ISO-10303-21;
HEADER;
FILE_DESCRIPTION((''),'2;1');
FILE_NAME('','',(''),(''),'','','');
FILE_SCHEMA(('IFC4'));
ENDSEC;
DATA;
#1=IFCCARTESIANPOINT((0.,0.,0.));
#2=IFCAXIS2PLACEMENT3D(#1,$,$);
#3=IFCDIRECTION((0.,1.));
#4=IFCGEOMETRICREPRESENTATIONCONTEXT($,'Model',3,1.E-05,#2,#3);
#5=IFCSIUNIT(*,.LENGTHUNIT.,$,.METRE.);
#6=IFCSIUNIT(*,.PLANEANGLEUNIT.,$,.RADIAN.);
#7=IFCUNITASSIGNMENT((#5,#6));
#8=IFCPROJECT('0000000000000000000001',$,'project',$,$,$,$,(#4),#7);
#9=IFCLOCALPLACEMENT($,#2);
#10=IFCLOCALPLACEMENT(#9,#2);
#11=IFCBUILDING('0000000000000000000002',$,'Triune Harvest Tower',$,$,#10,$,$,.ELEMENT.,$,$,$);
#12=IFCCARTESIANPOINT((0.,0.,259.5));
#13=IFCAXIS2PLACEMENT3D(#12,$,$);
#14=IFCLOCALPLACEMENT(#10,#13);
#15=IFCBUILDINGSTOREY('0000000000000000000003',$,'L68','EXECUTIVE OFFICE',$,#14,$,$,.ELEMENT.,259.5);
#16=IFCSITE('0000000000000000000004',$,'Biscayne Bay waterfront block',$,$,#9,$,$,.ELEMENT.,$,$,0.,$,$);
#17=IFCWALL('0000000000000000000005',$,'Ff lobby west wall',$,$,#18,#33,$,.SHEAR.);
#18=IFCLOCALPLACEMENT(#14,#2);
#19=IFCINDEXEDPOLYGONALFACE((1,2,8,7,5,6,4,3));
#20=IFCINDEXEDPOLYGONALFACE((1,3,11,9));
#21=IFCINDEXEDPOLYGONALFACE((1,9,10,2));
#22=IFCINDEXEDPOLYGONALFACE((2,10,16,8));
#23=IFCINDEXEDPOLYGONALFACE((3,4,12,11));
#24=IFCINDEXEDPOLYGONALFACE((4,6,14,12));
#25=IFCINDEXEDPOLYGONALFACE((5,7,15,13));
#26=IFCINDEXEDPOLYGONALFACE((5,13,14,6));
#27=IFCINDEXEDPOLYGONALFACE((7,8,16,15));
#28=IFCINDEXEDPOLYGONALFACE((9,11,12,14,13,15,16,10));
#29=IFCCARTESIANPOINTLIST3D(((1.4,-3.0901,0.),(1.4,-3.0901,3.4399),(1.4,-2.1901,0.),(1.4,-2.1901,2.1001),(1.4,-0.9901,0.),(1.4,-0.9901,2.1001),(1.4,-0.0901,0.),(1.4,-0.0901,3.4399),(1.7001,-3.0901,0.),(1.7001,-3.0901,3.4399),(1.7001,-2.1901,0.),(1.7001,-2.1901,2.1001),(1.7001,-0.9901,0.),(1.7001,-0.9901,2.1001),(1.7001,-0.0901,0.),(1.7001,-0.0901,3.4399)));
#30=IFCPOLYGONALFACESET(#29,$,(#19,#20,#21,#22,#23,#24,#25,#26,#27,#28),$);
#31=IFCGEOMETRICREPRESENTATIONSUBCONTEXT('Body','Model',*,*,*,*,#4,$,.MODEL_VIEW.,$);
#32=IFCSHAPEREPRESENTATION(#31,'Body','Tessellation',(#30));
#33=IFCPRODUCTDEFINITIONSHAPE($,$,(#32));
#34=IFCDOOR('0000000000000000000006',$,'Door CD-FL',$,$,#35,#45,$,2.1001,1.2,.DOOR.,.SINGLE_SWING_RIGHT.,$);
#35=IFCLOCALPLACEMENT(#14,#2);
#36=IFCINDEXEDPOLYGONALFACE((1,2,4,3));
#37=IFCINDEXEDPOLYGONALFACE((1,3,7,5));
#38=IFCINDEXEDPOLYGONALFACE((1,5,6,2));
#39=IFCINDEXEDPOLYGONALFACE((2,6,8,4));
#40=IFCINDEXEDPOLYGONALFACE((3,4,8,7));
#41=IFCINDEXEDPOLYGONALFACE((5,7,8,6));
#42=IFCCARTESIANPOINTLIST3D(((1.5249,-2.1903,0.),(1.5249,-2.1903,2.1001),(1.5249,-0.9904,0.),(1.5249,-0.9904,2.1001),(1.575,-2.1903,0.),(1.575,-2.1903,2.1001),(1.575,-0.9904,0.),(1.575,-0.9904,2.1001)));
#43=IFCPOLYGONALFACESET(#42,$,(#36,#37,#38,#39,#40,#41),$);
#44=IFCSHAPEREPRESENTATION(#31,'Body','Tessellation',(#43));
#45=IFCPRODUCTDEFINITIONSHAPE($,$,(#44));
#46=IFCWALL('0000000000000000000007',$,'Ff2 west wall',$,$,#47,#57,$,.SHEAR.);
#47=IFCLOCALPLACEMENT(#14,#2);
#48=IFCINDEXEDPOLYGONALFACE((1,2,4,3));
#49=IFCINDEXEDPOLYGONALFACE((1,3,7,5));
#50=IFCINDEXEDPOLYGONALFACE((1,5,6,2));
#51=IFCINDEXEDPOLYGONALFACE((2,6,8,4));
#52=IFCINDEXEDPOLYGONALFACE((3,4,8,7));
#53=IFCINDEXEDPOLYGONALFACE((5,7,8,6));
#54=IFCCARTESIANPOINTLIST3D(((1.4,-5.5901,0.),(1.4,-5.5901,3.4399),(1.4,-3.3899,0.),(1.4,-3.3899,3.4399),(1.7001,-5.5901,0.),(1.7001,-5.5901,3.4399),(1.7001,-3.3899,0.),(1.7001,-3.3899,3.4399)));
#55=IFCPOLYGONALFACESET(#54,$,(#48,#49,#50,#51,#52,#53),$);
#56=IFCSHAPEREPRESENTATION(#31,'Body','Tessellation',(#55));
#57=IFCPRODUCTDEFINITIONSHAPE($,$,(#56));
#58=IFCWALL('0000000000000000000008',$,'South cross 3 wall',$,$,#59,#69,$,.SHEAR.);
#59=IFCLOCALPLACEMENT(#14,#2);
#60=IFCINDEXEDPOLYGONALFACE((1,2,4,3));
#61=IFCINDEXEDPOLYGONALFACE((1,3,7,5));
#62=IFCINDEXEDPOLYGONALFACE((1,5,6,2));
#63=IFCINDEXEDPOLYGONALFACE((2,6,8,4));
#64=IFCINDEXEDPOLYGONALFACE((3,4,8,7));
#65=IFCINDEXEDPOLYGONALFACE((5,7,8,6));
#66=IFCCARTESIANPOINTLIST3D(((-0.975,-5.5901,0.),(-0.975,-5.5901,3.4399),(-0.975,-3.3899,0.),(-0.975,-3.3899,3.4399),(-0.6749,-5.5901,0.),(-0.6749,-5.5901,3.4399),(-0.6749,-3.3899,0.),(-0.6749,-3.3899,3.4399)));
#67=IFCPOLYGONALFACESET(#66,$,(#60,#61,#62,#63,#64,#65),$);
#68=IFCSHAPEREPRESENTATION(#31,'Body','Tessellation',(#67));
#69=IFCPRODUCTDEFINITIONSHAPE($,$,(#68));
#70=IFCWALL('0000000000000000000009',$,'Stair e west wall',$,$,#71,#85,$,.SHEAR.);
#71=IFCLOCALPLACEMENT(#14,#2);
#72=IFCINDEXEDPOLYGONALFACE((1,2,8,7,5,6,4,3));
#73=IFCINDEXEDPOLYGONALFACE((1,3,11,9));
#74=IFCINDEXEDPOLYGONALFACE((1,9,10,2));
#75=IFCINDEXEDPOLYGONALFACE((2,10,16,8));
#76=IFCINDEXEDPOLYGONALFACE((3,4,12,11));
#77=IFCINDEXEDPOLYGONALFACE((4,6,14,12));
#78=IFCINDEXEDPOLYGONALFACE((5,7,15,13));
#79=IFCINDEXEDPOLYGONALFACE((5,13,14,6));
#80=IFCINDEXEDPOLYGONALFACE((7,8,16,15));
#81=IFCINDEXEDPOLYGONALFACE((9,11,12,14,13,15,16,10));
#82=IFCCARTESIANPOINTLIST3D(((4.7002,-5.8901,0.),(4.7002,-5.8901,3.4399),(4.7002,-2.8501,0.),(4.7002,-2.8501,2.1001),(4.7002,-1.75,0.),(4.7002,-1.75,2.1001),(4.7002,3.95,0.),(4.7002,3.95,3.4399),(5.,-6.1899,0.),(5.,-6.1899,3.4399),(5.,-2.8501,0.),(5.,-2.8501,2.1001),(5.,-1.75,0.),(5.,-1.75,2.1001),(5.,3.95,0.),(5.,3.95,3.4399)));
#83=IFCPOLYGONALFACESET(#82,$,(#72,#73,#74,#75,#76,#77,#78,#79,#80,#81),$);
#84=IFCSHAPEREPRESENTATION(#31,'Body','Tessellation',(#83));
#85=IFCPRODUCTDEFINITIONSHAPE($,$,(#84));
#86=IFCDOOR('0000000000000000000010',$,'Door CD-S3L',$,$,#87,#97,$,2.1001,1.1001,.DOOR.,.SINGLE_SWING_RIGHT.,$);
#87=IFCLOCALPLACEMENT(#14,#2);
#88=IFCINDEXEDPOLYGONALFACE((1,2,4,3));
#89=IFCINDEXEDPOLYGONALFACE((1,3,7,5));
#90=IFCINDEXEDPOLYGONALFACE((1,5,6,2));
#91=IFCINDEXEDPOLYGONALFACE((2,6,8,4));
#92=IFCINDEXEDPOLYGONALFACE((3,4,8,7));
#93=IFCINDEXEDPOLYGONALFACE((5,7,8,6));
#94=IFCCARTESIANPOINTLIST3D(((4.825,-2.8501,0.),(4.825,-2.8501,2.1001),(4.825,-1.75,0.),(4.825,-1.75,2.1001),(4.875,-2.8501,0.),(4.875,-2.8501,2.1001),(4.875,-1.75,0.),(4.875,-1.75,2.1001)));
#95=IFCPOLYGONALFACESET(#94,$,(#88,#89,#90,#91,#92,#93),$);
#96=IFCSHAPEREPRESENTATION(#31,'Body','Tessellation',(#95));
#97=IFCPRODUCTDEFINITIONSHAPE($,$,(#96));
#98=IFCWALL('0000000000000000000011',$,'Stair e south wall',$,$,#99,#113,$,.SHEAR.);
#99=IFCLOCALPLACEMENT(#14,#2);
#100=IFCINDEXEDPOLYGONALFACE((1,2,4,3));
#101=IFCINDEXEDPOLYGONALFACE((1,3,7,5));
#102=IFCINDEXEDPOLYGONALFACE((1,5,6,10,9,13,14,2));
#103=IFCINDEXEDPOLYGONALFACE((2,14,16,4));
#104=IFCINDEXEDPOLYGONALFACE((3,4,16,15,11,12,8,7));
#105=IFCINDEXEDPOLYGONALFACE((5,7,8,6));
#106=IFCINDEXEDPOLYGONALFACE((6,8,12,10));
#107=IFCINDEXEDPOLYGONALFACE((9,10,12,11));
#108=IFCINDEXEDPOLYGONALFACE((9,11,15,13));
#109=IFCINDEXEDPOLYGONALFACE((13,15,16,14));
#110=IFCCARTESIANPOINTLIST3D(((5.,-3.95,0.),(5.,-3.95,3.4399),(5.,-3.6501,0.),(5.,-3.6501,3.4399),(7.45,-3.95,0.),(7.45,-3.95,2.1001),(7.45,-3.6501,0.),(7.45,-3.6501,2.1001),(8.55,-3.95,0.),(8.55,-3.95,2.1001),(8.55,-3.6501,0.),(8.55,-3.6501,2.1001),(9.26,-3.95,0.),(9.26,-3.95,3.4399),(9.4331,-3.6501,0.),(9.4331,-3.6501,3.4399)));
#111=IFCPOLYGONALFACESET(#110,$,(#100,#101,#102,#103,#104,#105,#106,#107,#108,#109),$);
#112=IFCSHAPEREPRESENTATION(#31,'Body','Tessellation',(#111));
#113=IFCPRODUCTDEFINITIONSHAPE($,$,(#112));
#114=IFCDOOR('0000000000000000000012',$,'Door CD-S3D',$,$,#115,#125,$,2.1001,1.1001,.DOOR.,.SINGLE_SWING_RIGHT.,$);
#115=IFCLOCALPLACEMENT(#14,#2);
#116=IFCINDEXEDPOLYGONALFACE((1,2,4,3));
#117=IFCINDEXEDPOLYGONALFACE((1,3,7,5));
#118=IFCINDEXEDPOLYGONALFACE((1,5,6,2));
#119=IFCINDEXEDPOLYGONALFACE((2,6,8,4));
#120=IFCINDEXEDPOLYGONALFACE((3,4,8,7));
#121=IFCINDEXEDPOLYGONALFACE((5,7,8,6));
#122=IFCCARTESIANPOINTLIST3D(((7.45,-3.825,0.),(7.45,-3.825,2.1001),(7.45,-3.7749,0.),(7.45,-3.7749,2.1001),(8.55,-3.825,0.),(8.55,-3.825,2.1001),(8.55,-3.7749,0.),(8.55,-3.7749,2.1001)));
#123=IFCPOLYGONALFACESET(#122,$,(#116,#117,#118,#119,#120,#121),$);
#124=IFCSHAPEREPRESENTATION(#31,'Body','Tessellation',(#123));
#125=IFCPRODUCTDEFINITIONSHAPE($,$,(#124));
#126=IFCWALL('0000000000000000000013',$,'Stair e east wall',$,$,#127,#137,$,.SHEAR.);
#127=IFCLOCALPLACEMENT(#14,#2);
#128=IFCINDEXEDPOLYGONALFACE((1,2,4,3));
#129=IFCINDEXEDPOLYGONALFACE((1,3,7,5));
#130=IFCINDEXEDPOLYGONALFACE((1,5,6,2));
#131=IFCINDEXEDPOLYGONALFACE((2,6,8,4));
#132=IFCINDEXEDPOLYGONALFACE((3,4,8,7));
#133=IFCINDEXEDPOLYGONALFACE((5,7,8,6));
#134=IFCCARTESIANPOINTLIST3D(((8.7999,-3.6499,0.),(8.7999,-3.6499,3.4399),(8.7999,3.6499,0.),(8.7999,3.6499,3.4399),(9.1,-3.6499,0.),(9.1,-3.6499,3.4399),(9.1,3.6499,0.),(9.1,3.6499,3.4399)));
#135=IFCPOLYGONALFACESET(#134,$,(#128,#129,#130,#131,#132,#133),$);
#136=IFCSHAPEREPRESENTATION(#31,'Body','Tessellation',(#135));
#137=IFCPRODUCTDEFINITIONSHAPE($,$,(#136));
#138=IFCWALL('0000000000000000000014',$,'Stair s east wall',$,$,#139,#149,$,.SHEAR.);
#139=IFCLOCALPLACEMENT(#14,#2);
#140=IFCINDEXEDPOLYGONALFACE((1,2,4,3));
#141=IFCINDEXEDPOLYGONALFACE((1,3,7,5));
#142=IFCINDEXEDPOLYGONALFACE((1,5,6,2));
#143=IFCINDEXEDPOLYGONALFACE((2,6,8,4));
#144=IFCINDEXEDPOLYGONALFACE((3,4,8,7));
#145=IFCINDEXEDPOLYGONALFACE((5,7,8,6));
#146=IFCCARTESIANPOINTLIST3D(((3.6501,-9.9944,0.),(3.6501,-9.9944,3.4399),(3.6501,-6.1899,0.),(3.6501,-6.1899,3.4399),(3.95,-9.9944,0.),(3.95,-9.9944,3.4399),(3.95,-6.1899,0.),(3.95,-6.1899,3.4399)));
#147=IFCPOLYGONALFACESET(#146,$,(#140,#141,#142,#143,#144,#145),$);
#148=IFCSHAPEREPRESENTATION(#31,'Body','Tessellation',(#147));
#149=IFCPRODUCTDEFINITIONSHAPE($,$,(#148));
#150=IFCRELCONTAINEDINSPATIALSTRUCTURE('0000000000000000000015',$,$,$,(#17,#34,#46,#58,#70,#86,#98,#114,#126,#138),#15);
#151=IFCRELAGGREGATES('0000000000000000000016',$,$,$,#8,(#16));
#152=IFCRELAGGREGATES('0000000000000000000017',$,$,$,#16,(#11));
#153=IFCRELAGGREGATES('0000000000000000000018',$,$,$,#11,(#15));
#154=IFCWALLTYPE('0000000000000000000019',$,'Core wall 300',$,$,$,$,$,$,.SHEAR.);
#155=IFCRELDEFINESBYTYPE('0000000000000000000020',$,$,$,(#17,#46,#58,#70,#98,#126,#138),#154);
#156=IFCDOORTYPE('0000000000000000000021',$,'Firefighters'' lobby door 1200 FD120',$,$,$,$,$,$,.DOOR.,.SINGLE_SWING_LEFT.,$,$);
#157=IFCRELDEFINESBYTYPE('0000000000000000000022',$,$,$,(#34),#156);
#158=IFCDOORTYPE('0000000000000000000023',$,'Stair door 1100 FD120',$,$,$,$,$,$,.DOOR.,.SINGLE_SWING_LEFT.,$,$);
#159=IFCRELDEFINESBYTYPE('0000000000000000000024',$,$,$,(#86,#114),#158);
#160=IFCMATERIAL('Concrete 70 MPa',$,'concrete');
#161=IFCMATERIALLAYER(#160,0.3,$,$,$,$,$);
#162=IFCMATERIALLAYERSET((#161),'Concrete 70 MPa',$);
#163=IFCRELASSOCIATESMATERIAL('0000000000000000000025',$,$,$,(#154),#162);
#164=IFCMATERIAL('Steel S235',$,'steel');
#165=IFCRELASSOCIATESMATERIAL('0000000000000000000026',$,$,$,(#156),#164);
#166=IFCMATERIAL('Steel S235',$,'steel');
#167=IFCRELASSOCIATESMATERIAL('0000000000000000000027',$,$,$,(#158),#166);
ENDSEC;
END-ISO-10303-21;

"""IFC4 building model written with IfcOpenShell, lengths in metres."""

from ifc_helpers import new_model, si_unit, direction, frame, frame_2d, origin, place, context, subcontext, project, spatial, polyline, rectangle, outline, extrude, source, transform, mapped, material, layer, layer_set, type_object, element, fill, save


model = new_model("IFC4")

# Units and contexts
model_context = context("Model", 3, precision=1e-05, world=origin(), true_north=direction((0.0, 1.0)))
body_context = subcontext(model_context, "Body", "Model", "MODEL_VIEW")
ifc_project = project(units=[si_unit("LENGTHUNIT", "METRE"), si_unit("PLANEANGLEUNIT", "RADIAN")], contexts=[model_context])

# Site, building, storey
site_placement = place(None, origin())
site = spatial("IfcSite", under=ifc_project, at=site_placement, Name="Biscayne Bay waterfront block", CompositionType="ELEMENT", RefElevation=0.0)
building_placement = place(site_placement, origin())
building = spatial("IfcBuilding", under=site, at=building_placement, Name="Triune Harvest Tower", CompositionType="ELEMENT")
storey_placement = place(building_placement, frame((0.0, 0.0, 259.5)))
storey = spatial("IfcBuildingStorey", under=building, at=storey_placement, Name="L68", Description="EXECUTIVE OFFICE", CompositionType="ELEMENT", Elevation=259.5)

# Shared definitions
ifc_material_1 = material(Name="Concrete 70 MPa", Category="concrete")
ifc_layer_1 = layer(ifc_material_1, 0.3)
ifc_layer_set_1 = layer_set([ifc_layer_1], Name="Concrete 70 MPa")
wall_type_1 = type_object("IfcWallType", Name="Core wall 300", PredefinedType="SHEAR", material=ifc_layer_set_1)

# Wall, opening, door
shared_shape_1 = source(origin(), body_context, "Body", "SweptSolid", [
    extrude(rectangle(XDim=3.0, YDim=0.3, at=frame_2d((1.5, 0.0))), origin(), (0.0, 0.0, 1.0), 3.4399),
])
wall_1_placement = place(storey_placement, frame((1.55, -3.0901, 0.0), z_axis=(0.0, 0.0, 1.0), x_axis=(0.0, 1.0, 0.0)))
wall_1 = element("IfcWall", 1, at=wall_1_placement, inside=storey, type_object=wall_type_1, Name="Ff lobby west wall", PredefinedType="SHEAR", context=body_context, shape_type="MappedRepresentation", body=[
    mapped(shared_shape_1, transform((0.0, 0.0, 0.0), scale=1.0)),
])
opening_1_placement = place(wall_1_placement, frame((0.8999, 0.0, 0.0)))
opening_1 = element("IfcOpeningElement", 2, at=opening_1_placement, cuts=wall_1, PredefinedType="OPENING", context=body_context, shape_type="SweptSolid", body=[
    extrude(rectangle(XDim=1.2, YDim=2.1001, at=frame_2d((0.6001, 1.05))), frame((0.0, 0.1602, 0.0), z_axis=(0.0, -1.0, 0.0), x_axis=(1.0, 0.0, 0.0)), (0.0, 0.0, 1.0), 0.3201),
])
ifc_material_2 = material(Name="Steel S235", Category="steel")
door_type_1 = type_object("IfcDoorType", Name="Firefighters' lobby door 1200 FD120", OperationType="SINGLE_SWING_LEFT", PredefinedType="DOOR", material=ifc_material_2)
door_1_placement = place(opening_1_placement, frame((1.2, 0.0, 0.0), z_axis=(0.0, 0.0, 1.0), x_axis=(-1.0, 0.0, 0.0)))
door_1 = element("IfcDoor", 3, at=door_1_placement, inside=storey, type_object=door_type_1, Name="Door CD-FL", OperationType="SINGLE_SWING_RIGHT", OverallHeight=2.1001, OverallWidth=1.2, PredefinedType="DOOR", context=body_context, shape_type="SweptSolid", body=[
    extrude(rectangle(XDim=1.2, YDim=2.1001, at=frame_2d((0.6001, 1.05))), frame((0.0, 0.0249, 0.0), z_axis=(0.0, -1.0, 0.0), x_axis=(1.0, 0.0, 0.0)), (0.0, 0.0, 1.0), 0.05),
])
fill(opening_1, door_1)

# Walls
shared_shape_2 = source(origin(), body_context, "Body", "SweptSolid", [
    extrude(rectangle(XDim=2.2002, YDim=0.3, at=frame_2d((1.1001, 0.0))), origin(), (0.0, 0.0, 1.0), 3.4399),
])
for number, where, z_axis, x_axis, name in (
    (4, (1.55, -5.5901, 0.0), (0.0, 0.0, 1.0), (0.0, 1.0, 0.0), "Ff2 west wall"),
    (5, (-0.825, -5.5901, 0.0), (0.0, 0.0, 1.0), (0.0, 1.0, 0.0), "South cross 3 wall"),
):
    element("IfcWall", number, at=place(storey_placement, frame(where, z_axis=z_axis, x_axis=x_axis)), inside=storey, type_object=wall_type_1, Name=name, PredefinedType="SHEAR", context=body_context, shape_type="MappedRepresentation", body=[
        mapped(shared_shape_2, transform((0.0, 0.0, 0.0), scale=1.0)),
    ])

# Walls, openings, doors
shared_shape_3 = source(origin(), body_context, "Body", "SweptSolid", [
    extrude(outline(polyline([(-0.1499, -0.1499), (9.99, -0.1499), (9.99, 0.1499), (0.1499, 0.1499), (-0.1499, -0.1499)])), origin(), (0.0, 0.0, 1.0), 3.4399),
])
wall_2_placement = place(storey_placement, frame((4.8501, -6.04, 0.0), z_axis=(0.0, 0.0, 1.0), x_axis=(0.0, 1.0, 0.0)))
wall_2 = element("IfcWall", 6, at=wall_2_placement, inside=storey, type_object=wall_type_1, Name="Stair e west wall", PredefinedType="SHEAR", context=body_context, shape_type="MappedRepresentation", body=[
    mapped(shared_shape_3, transform((0.0, 0.0, 0.0), scale=1.0)),
])
opening_2_placement = place(wall_2_placement, frame((3.1899, 0.0, 0.0)))
opening_2 = element("IfcOpeningElement", 7, at=opening_2_placement, cuts=wall_2, PredefinedType="OPENING", context=body_context, shape_type="SweptSolid", body=[
    extrude(rectangle(XDim=1.1001, YDim=2.1001, at=frame_2d((0.55, 1.05))), frame((0.0, 0.1602, 0.0), z_axis=(0.0, -1.0, 0.0), x_axis=(1.0, 0.0, 0.0)), (0.0, 0.0, 1.0), 0.3201),
])
ifc_material_3 = material(Name="Steel S235", Category="steel")
door_type_2 = type_object("IfcDoorType", Name="Stair door 1100 FD120", OperationType="SINGLE_SWING_LEFT", PredefinedType="DOOR", material=ifc_material_3)
door_2_placement = place(opening_2_placement, frame((1.1001, 0.0, 0.0), z_axis=(0.0, 0.0, 1.0), x_axis=(-1.0, 0.0, 0.0)))
door_2 = element("IfcDoor", 8, at=door_2_placement, inside=storey, type_object=door_type_2, Name="Door CD-S3L", OperationType="SINGLE_SWING_RIGHT", OverallHeight=2.1001, OverallWidth=1.1001, PredefinedType="DOOR", context=body_context, shape_type="SweptSolid", body=[
    extrude(rectangle(XDim=1.1001, YDim=2.1001, at=frame_2d((0.55, 1.05))), frame((0.0, 0.0249, 0.0), z_axis=(0.0, -1.0, 0.0), x_axis=(1.0, 0.0, 0.0)), (0.0, 0.0, 1.0), 0.05),
])
fill(opening_2, door_2)
shared_shape_4 = source(origin(), body_context, "Body", "SweptSolid", [
    extrude(outline(polyline([(0.0, -0.1499), (0.0, 0.1499), (4.4331, 0.1499), (4.26, -0.1499), (0.0, -0.1499)])), origin(), (0.0, 0.0, 1.0), 3.4399),
])
wall_3_placement = place(storey_placement, frame((5.0, -3.8, 0.0), z_axis=(0.0, 0.0, 1.0), x_axis=(1.0, 0.0, 0.0)))
wall_3 = element("IfcWall", 9, at=wall_3_placement, inside=storey, type_object=wall_type_1, Name="Stair e south wall", PredefinedType="SHEAR", context=body_context, shape_type="MappedRepresentation", body=[
    mapped(shared_shape_4, transform((0.0, 0.0, 0.0), scale=1.0)),
])
opening_3_placement = place(wall_3_placement, frame((2.45, 0.0, 0.0)))
opening_3 = element("IfcOpeningElement", 10, at=opening_3_placement, cuts=wall_3, PredefinedType="OPENING", context=body_context, shape_type="SweptSolid", body=[
    extrude(rectangle(XDim=1.1001, YDim=2.1001, at=frame_2d((0.55, 1.05))), frame((0.0, 0.1602, 0.0), z_axis=(0.0, -1.0, 0.0), x_axis=(1.0, 0.0, 0.0)), (0.0, 0.0, 1.0), 0.3201),
])
door_3_placement = place(opening_3_placement, frame((1.1001, 0.0, 0.0), z_axis=(0.0, 0.0, 1.0), x_axis=(-1.0, 0.0, 0.0)))
door_3 = element("IfcDoor", 11, at=door_3_placement, inside=storey, type_object=door_type_2, Name="Door CD-S3D", OperationType="SINGLE_SWING_RIGHT", OverallHeight=2.1001, OverallWidth=1.1001, PredefinedType="DOOR", context=body_context, shape_type="SweptSolid", body=[
    extrude(rectangle(XDim=1.1001, YDim=2.1001, at=frame_2d((0.55, 1.05))), frame((0.0, 0.0249, 0.0), z_axis=(0.0, -1.0, 0.0), x_axis=(1.0, 0.0, 0.0)), (0.0, 0.0, 1.0), 0.05),
])
fill(opening_3, door_3)

# Walls
shared_shape_5 = source(origin(), body_context, "Body", "SweptSolid", [
    extrude(rectangle(XDim=7.2998, YDim=0.3, at=frame_2d((3.6499, 0.0))), origin(), (0.0, 0.0, 1.0), 3.4399),
])
wall_4_placement = place(storey_placement, frame((8.95, -3.6499, 0.0), z_axis=(0.0, 0.0, 1.0), x_axis=(0.0, 1.0, 0.0)))
element("IfcWall", 12, at=wall_4_placement, inside=storey, type_object=wall_type_1, Name="Stair e east wall", PredefinedType="SHEAR", context=body_context, shape_type="MappedRepresentation", body=[
    mapped(shared_shape_5, transform((0.0, 0.0, 0.0), scale=1.0)),
])
shared_shape_6 = source(origin(), body_context, "Body", "SweptSolid", [
    extrude(outline(polyline([(3.8, -0.1499), (-0.0044, -0.1499), (-0.0044, 0.1499), (3.8, 0.1499), (3.8, -0.1499)])), origin(), (0.0, 0.0, 1.0), 3.4399),
])
wall_5_placement = place(storey_placement, frame((3.8, -9.99, 0.0), z_axis=(0.0, 0.0, 1.0), x_axis=(0.0, 1.0, 0.0)))
element("IfcWall", 13, at=wall_5_placement, inside=storey, type_object=wall_type_1, Name="Stair s east wall", PredefinedType="SHEAR", context=body_context, shape_type="MappedRepresentation", body=[
    mapped(shared_shape_6, transform((0.0, 0.0, 0.0), scale=1.0)),
])

save(model, "model.ifc")
